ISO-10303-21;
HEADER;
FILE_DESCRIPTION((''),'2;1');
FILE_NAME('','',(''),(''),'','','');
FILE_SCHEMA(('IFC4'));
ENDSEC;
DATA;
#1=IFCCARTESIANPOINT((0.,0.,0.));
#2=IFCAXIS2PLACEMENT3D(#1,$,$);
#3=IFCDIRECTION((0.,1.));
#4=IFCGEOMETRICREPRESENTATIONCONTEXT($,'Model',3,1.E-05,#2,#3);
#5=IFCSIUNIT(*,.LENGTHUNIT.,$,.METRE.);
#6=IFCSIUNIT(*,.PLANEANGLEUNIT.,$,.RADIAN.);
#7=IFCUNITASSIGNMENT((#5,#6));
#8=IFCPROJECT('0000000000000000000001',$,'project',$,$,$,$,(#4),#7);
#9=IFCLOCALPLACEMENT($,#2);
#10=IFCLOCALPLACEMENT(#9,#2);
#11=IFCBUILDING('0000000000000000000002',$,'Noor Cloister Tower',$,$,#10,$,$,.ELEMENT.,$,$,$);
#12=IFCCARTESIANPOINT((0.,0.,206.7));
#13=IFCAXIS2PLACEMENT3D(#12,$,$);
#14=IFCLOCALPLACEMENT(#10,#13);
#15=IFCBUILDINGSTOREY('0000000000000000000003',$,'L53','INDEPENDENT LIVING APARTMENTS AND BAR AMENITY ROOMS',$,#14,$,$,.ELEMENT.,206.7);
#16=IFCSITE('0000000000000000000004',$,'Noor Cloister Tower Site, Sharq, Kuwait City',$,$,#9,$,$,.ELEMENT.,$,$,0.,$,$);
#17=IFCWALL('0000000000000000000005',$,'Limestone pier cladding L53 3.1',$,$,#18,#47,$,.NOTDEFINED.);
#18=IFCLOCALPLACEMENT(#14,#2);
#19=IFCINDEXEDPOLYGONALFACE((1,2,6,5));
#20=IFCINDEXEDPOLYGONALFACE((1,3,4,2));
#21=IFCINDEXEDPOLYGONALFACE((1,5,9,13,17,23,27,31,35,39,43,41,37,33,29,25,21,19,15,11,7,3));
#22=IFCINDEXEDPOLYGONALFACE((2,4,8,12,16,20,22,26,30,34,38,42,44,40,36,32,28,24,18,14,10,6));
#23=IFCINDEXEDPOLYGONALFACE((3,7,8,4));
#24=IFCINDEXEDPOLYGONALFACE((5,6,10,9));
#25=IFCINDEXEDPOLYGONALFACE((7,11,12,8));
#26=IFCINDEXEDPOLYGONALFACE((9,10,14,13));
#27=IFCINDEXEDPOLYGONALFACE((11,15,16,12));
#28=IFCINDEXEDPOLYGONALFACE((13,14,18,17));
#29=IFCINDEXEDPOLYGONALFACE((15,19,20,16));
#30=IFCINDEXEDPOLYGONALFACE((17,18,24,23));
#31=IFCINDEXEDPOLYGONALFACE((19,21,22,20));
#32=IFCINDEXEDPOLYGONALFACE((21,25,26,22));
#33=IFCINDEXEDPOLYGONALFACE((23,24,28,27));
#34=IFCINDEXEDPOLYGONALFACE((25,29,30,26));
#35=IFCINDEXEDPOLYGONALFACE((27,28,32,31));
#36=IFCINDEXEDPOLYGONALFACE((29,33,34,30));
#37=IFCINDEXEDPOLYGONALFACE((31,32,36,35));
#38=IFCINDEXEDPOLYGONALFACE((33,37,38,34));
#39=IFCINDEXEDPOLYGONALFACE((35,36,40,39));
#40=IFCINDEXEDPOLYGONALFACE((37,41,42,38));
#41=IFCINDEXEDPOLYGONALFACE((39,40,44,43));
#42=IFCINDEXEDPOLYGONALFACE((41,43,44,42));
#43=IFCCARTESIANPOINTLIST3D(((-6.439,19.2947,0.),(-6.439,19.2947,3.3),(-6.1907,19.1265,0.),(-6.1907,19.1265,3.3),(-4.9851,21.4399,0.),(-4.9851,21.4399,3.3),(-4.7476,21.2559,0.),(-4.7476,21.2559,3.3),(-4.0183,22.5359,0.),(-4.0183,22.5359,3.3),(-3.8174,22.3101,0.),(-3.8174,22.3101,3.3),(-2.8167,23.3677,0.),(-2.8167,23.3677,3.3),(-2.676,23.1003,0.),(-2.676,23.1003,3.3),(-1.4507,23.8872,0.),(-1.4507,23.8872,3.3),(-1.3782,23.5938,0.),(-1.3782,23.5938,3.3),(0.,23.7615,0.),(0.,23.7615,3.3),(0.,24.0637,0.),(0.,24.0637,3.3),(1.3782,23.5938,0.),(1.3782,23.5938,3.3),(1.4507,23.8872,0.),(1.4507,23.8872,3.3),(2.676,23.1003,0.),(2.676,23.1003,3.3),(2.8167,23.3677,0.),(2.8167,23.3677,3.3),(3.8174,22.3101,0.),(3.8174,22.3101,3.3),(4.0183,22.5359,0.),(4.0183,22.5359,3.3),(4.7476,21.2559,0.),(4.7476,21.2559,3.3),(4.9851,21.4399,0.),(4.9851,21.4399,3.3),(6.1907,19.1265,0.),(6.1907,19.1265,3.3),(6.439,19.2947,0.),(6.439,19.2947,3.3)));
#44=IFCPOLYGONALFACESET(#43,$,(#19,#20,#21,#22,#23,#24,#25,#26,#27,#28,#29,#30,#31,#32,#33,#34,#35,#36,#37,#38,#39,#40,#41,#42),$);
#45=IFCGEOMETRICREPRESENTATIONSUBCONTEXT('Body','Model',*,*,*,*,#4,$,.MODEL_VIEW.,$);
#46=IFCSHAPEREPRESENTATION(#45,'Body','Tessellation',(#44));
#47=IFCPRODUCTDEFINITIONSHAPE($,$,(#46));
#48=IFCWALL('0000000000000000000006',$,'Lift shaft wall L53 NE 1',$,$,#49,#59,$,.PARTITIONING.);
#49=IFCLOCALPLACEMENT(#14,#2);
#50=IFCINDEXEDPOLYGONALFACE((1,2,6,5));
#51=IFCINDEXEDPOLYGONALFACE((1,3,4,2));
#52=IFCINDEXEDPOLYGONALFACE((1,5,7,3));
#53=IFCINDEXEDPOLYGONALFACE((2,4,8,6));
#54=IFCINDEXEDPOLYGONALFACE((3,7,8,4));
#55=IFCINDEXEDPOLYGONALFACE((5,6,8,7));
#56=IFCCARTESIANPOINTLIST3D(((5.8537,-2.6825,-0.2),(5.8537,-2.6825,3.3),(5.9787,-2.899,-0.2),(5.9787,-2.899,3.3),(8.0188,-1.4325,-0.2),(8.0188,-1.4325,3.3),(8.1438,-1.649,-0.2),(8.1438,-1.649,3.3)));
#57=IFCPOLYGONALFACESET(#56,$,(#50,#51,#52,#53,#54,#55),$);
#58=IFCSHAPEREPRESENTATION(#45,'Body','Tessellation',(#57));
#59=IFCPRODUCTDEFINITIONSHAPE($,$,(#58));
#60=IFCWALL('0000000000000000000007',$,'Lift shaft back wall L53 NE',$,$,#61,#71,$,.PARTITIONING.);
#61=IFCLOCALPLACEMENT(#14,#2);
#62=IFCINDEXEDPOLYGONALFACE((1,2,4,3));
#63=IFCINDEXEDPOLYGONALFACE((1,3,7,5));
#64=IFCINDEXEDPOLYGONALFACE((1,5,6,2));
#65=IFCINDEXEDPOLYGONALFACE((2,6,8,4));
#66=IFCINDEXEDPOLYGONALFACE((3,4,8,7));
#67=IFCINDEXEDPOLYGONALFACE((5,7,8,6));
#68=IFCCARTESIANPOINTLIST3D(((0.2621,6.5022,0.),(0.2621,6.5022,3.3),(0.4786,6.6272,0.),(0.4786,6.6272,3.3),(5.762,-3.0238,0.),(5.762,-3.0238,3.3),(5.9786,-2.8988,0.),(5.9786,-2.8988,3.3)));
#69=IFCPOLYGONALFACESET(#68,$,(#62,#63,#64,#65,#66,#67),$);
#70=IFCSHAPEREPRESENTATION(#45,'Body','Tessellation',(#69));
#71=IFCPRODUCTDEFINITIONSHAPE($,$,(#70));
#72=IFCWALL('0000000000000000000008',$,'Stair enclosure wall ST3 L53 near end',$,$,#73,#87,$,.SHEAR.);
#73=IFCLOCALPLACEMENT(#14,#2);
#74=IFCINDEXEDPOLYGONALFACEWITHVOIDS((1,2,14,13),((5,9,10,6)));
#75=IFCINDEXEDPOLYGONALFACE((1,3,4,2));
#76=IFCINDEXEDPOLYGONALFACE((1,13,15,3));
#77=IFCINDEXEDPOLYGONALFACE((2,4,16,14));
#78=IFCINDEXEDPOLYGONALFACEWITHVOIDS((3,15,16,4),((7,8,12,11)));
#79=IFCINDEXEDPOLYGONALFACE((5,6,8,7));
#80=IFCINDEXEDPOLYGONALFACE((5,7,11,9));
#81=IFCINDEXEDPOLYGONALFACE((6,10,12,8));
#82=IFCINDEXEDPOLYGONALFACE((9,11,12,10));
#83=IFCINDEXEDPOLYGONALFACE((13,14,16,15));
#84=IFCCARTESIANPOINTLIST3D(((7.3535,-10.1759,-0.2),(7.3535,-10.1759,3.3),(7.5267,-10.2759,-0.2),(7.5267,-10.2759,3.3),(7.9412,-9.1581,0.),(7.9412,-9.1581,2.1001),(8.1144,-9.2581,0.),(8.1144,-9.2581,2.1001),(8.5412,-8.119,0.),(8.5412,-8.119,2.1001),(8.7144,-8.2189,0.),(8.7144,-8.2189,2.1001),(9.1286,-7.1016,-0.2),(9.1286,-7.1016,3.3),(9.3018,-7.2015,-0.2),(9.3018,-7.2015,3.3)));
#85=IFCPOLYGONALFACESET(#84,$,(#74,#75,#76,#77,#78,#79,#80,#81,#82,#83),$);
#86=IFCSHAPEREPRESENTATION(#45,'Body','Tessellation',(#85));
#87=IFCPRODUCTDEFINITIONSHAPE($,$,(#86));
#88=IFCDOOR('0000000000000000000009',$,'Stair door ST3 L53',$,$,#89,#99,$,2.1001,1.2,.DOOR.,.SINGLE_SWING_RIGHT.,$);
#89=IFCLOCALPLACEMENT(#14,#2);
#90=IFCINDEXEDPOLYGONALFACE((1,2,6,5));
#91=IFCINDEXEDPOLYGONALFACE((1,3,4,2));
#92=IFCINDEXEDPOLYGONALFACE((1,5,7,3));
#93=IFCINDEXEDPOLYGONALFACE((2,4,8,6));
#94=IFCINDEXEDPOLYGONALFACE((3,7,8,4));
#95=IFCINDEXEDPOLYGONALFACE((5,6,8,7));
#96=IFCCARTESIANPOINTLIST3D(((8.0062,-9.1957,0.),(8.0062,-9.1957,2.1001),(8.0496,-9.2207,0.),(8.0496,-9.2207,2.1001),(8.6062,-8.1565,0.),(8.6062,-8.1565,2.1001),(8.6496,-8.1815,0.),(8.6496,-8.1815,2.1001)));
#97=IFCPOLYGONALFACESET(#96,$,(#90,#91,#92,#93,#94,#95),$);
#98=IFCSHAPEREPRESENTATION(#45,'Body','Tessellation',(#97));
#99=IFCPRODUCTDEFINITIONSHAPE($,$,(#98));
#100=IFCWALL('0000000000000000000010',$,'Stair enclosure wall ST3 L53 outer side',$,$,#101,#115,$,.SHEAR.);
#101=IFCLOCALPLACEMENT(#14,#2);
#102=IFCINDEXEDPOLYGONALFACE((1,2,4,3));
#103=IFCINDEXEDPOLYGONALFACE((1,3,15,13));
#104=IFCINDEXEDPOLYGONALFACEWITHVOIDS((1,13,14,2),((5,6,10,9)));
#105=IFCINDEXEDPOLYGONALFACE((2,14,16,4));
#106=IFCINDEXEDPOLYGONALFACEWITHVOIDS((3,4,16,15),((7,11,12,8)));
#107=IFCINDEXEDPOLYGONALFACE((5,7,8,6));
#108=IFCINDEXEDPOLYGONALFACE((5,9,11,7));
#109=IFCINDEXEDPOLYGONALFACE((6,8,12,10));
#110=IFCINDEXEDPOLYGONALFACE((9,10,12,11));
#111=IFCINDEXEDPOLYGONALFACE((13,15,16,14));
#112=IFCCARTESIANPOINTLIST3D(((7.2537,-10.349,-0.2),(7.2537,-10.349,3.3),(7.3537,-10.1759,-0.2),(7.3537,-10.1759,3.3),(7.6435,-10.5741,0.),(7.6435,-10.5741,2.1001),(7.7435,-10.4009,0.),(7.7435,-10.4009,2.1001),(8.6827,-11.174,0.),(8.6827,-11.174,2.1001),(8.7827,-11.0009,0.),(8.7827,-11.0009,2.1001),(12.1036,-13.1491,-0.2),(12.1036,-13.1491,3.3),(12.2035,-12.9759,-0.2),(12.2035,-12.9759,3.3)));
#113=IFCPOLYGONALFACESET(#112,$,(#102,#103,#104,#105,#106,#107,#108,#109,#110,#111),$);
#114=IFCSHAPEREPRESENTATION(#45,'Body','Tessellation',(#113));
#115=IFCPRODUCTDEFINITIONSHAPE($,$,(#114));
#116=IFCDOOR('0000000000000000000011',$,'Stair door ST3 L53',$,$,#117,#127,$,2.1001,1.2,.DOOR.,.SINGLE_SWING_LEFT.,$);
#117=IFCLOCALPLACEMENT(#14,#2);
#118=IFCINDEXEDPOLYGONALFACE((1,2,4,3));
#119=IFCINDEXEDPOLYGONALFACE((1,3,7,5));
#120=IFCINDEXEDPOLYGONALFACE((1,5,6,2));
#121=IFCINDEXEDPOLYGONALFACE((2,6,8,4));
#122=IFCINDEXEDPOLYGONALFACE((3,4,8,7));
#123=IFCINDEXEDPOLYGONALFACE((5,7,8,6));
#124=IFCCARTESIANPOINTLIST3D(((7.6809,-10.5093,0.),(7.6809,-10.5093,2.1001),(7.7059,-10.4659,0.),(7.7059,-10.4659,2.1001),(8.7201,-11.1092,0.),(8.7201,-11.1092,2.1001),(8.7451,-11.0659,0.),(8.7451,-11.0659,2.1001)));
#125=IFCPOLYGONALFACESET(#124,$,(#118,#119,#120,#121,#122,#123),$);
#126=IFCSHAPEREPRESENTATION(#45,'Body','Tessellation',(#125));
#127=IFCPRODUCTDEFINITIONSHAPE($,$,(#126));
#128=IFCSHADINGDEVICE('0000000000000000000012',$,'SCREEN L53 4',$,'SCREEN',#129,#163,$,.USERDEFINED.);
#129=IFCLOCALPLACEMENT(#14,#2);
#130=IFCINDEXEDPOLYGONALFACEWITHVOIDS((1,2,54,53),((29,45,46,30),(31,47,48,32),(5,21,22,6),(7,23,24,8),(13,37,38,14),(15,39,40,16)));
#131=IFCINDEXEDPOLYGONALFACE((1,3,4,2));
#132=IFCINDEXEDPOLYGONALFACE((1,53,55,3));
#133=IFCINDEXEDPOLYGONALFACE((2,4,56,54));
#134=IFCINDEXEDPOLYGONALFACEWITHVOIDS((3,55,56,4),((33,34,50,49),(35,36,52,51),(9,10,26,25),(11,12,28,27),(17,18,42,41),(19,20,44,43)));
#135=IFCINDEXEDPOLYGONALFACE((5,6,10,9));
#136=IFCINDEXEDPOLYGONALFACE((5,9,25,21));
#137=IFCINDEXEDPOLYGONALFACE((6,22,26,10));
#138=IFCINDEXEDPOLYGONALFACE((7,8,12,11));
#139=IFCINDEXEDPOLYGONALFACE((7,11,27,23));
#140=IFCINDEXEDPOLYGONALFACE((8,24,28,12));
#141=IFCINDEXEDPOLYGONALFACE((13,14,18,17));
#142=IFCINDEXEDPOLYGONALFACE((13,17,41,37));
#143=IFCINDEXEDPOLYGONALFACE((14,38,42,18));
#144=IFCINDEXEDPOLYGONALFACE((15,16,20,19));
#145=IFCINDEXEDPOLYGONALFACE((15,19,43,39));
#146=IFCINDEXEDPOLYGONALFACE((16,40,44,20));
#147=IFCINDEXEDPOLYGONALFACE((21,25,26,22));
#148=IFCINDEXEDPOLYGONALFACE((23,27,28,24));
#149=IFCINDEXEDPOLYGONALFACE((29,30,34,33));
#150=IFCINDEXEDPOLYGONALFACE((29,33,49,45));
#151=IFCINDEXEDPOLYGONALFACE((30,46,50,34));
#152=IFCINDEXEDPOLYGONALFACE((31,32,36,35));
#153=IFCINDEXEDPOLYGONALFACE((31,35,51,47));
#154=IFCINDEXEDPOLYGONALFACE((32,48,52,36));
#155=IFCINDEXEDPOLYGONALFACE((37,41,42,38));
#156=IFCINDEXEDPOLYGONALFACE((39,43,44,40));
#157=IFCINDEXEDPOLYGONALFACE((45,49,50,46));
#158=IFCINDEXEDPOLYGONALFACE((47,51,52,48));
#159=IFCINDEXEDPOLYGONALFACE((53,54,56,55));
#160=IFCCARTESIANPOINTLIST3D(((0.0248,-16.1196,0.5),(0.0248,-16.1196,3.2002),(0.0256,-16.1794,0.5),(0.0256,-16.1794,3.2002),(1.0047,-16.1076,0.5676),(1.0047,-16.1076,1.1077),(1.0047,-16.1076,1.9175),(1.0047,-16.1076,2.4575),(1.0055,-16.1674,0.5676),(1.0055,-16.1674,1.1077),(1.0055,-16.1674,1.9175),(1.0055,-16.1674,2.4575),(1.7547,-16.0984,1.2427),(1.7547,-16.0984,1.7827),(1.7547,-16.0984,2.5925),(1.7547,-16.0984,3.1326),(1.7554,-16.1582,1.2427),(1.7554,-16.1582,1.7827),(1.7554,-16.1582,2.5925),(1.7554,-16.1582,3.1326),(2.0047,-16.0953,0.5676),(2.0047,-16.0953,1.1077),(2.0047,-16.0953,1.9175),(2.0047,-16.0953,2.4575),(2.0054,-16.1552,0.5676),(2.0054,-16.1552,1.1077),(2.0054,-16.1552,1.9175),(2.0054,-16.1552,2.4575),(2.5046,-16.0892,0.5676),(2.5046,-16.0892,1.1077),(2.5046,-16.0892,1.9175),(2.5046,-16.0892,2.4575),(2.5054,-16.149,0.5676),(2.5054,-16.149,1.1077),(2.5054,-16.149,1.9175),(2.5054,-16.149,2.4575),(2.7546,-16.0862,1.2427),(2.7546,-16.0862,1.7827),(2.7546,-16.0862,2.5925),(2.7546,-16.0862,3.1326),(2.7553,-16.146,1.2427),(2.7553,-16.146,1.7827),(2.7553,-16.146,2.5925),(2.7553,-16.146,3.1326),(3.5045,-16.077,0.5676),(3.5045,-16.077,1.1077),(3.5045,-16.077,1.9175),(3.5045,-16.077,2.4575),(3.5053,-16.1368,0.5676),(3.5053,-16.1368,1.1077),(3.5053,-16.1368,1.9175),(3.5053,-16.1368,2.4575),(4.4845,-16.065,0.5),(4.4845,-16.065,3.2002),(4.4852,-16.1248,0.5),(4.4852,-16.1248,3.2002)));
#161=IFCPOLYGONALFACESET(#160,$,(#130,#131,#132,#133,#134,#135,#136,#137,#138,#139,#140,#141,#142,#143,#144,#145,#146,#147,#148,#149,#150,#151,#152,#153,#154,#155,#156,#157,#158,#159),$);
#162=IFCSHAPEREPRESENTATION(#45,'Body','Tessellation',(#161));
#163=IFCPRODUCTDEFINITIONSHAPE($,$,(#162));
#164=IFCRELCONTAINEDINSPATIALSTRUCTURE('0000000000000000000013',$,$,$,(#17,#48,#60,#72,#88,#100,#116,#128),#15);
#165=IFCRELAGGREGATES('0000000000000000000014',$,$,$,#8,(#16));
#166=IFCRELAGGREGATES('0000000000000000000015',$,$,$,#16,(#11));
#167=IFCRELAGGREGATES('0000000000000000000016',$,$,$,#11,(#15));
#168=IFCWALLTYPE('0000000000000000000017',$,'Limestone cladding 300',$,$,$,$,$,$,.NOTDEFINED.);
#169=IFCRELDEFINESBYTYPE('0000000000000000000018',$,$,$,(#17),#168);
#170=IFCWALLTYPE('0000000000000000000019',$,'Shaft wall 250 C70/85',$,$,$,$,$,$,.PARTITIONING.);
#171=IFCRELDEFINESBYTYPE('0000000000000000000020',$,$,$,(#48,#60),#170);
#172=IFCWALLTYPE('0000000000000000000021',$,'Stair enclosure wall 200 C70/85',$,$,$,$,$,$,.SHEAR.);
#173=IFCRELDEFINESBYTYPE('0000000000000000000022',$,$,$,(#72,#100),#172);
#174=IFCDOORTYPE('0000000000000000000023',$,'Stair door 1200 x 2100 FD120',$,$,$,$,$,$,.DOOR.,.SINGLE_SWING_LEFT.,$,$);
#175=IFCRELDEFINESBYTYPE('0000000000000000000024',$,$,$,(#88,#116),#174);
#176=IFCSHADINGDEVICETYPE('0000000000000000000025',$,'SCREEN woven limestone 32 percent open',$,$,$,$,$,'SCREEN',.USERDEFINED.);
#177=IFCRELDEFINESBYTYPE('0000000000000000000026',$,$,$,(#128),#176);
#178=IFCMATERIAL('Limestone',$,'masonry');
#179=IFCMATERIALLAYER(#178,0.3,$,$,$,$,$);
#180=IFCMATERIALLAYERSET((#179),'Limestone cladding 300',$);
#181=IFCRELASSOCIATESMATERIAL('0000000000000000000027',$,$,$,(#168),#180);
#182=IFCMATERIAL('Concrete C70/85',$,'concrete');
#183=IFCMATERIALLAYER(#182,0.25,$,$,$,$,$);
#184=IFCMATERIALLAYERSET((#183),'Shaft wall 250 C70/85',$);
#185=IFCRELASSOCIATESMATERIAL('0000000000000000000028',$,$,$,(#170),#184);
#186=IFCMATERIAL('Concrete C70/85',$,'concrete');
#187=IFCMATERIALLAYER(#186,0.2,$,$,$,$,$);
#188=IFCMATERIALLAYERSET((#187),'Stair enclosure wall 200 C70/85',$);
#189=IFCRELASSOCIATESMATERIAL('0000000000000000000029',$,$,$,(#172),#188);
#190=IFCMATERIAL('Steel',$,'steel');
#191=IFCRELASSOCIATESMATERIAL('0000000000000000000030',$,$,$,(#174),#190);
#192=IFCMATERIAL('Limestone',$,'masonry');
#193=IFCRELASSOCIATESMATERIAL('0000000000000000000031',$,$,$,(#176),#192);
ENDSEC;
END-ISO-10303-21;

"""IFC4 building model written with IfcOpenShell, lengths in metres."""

from ifc_helpers import new_model, si_unit, direction, frame, frame_2d, origin, place, context, subcontext, project, spatial, polyline, rectangle, outline, extrude, material, layer, layer_set, material_profile, profile_set, type_object, element, fill, save


model = new_model("IFC4")

# Units and contexts
model_context = context("Model", 3, precision=1e-05, world=origin(), true_north=direction((0.0, 1.0)))
body_context = subcontext(model_context, "Body", "Model", "MODEL_VIEW")
ifc_project = project(units=[si_unit("LENGTHUNIT", "METRE"), si_unit("PLANEANGLEUNIT", "RADIAN")], contexts=[model_context])

# Site, building, storey
site_placement = place(None, origin())
site = spatial("IfcSite", under=ifc_project, at=site_placement, Name="Noor Cloister Tower Site, Sharq, Kuwait City", CompositionType="ELEMENT", RefElevation=0.0)
building_placement = place(site_placement, origin())
building = spatial("IfcBuilding", under=site, at=building_placement, Name="Noor Cloister Tower", CompositionType="ELEMENT")
storey_placement = place(building_placement, frame((0.0, 0.0, 206.7)))
storey = spatial("IfcBuildingStorey", under=building, at=storey_placement, Name="L53", Description="INDEPENDENT LIVING APARTMENTS AND BAR AMENITY ROOMS", CompositionType="ELEMENT", Elevation=206.7)

# Walls
ifc_material_1 = material(Name="Limestone", Category="masonry")
ifc_layer_1 = layer(ifc_material_1, 0.3)
ifc_layer_set_1 = layer_set([ifc_layer_1], Name="Limestone cladding 300")
wall_type_1 = type_object("IfcWallType", Name="Limestone cladding 300", PredefinedType="NOTDEFINED", material=ifc_layer_set_1)
wall_1_placement = place(storey_placement, origin())
element("IfcWall", 1, at=wall_1_placement, inside=storey, type_object=wall_type_1, Name="Limestone pier cladding L53 3.1", PredefinedType="NOTDEFINED", context=body_context, shape_type="SweptSolid", body=[
    extrude(outline(polyline([(6.439, 19.2947), (4.9851, 21.4399), (4.0183, 22.5359), (2.8167, 23.3677), (1.4507, 23.8872), (0.0, 24.0637), (-1.4507, 23.8872), (-2.8167, 23.3677), (-4.0183, 22.5359), (-4.9851, 21.4399), (-6.439, 19.2947), (-6.1907, 19.1265), (-4.7476, 21.2559), (-3.8174, 22.3101), (-2.676, 23.1003), (-1.3782, 23.5938), (0.0, 23.7615), (1.3782, 23.5938), (2.676, 23.1003), (3.8174, 22.3101), (4.7476, 21.2559), (6.1907, 19.1265), (6.439, 19.2947)])), origin(), (0.0, 0.0, 1.0), 3.3),
])
ifc_material_2 = material(Name="Concrete C70/85", Category="concrete")
ifc_layer_2 = layer(ifc_material_2, 0.25)
ifc_layer_set_2 = layer_set([ifc_layer_2], Name="Shaft wall 250 C70/85")
wall_type_2 = type_object("IfcWallType", Name="Shaft wall 250 C70/85", PredefinedType="PARTITIONING", material=ifc_layer_set_2)
wall_2_placement = place(storey_placement, frame((8.0813, -1.5408, -0.2), z_axis=(0.0, 0.0, 1.0), x_axis=(-0.866023, -0.500004, 0.0)))
element("IfcWall", 2, at=wall_2_placement, inside=storey, type_object=wall_type_2, Name="Lift shaft wall L53 NE 1", PredefinedType="PARTITIONING", context=body_context, shape_type="SweptSolid", body=[
    extrude(rectangle(XDim=2.5, YDim=0.25, at=frame_2d((1.25, 0.0))), origin(), (0.0, 0.0, 1.0), 3.5),
])
wall_3_placement = place(storey_placement, frame((5.8704, -2.9614, 0.0), z_axis=(0.0, 0.0, 1.0), x_axis=(-0.500006, 0.866022, 0.0)))
element("IfcWall", 3, at=wall_3_placement, inside=storey, type_object=wall_type_2, Name="Lift shaft back wall L53 NE", PredefinedType="PARTITIONING", context=body_context, shape_type="SweptSolid", body=[
    extrude(rectangle(XDim=10.9998, YDim=0.25, at=frame_2d((5.5, 0.0))), origin(), (0.0, 0.0, 1.0), 3.3),
])

# Walls, openings, doors
ifc_material_3 = material(Name="Concrete C70/85", Category="concrete")
ifc_layer_3 = layer(ifc_material_3, 0.2)
ifc_layer_set_3 = layer_set([ifc_layer_3], Name="Stair enclosure wall 200 C70/85")
wall_type_3 = type_object("IfcWallType", Name="Stair enclosure wall 200 C70/85", PredefinedType="SHEAR", material=ifc_layer_set_3)
wall_4_placement = place(storey_placement, frame((7.4402, -10.2258, -0.2), z_axis=(0.0, 0.0, 1.0), x_axis=(0.500022, 0.866013, 0.0)))
wall_4 = element("IfcWall", 4, at=wall_4_placement, inside=storey, type_object=wall_type_3, Name="Stair enclosure wall ST3 L53 near end", PredefinedType="SHEAR", context=body_context, shape_type="SweptSolid", body=[
    extrude(rectangle(XDim=3.55, YDim=0.2, at=frame_2d((1.7749, 0.0))), origin(), (0.0, 0.0, 1.0), 3.5),
])
opening_1_placement = place(wall_4_placement, frame((1.175, 0.0, 0.2)))
opening_1 = element("IfcOpeningElement", 5, at=opening_1_placement, cuts=wall_4, PredefinedType="OPENING", context=body_context, shape_type="SweptSolid", body=[
    extrude(rectangle(XDim=1.2, YDim=2.1001, at=frame_2d((0.6001, 1.05))), frame((0.0, 0.1099, 0.0), z_axis=(0.0, -1.0, 0.0), x_axis=(1.0, 0.0, 0.0)), (0.0, 0.0, 1.0), 0.22),
])
ifc_material_4 = material(Name="Steel", Category="steel")
door_type_1 = type_object("IfcDoorType", Name="Stair door 1200 x 2100 FD120", OperationType="SINGLE_SWING_LEFT", PredefinedType="DOOR", material=ifc_material_4)
door_1_placement = place(opening_1_placement, origin())
door_1 = element("IfcDoor", 6, at=door_1_placement, inside=storey, type_object=door_type_1, Name="Stair door ST3 L53", OperationType="SINGLE_SWING_RIGHT", OverallHeight=2.1001, OverallWidth=1.2, PredefinedType="DOOR", context=body_context, shape_type="SweptSolid", body=[
    extrude(rectangle(XDim=1.2, YDim=2.1001, at=frame_2d((0.6001, 1.05))), frame((0.0, 0.0249, 0.0), z_axis=(0.0, -1.0, 0.0), x_axis=(1.0, 0.0, 0.0)), (0.0, 0.0, 1.0), 0.05),
])
fill(opening_1, door_1)
wall_5_placement = place(storey_placement, frame((7.3037, -10.2625, -0.2), z_axis=(0.0, 0.0, 1.0), x_axis=(0.866027, -0.499998, 0.0)))
wall_5 = element("IfcWall", 7, at=wall_5_placement, inside=storey, type_object=wall_type_3, Name="Stair enclosure wall ST3 L53 outer side", PredefinedType="SHEAR", context=body_context, shape_type="SweptSolid", body=[
    extrude(rectangle(XDim=5.6001, YDim=0.2, at=frame_2d((2.8, 0.0))), origin(), (0.0, 0.0, 1.0), 3.5),
])
opening_2_placement = place(wall_5_placement, frame((0.45, 0.0, 0.2)))
opening_2 = element("IfcOpeningElement", 8, at=opening_2_placement, cuts=wall_5, PredefinedType="OPENING", context=body_context, shape_type="SweptSolid", body=[
    extrude(rectangle(XDim=1.2, YDim=2.1001, at=frame_2d((0.6001, 1.05))), frame((0.0, 0.1099, 0.0), z_axis=(0.0, -1.0, 0.0), x_axis=(1.0, 0.0, 0.0)), (0.0, 0.0, 1.0), 0.22),
])
door_2_placement = place(opening_2_placement, origin())
door_2 = element("IfcDoor", 9, at=door_2_placement, inside=storey, type_object=door_type_1, Name="Stair door ST3 L53", OperationType="SINGLE_SWING_LEFT", OverallHeight=2.1001, OverallWidth=1.2, PredefinedType="DOOR", context=body_context, shape_type="SweptSolid", body=[
    extrude(rectangle(XDim=1.2, YDim=2.1001, at=frame_2d((0.6001, 1.05))), frame((0.0, 0.0249, 0.0), z_axis=(0.0, -1.0, 0.0), x_axis=(1.0, 0.0, 0.0)), (0.0, 0.0, 1.0), 0.05),
])
fill(opening_2, door_2)

# Shading device
ifc_material_5 = material(Name="Limestone", Category="masonry")
ifc_material_profile_1 = material_profile(ifc_material_5, outline(polyline([(-2.23, -1.3501), (2.23, -1.3501), (2.23, 1.3501), (-2.23, 1.3501), (-2.23, -1.3501)]), holes=[polyline([(-1.25, -1.2825), (-0.25, -1.2825), (-0.25, -0.7424), (-1.25, -0.7424), (-1.25, -1.2825)]), polyline([(0.25, -1.2825), (1.25, -1.2825), (1.25, -0.7424), (0.25, -0.7424), (0.25, -1.2825)]), polyline([(-0.5, -0.6074), (0.5, -0.6074), (0.5, -0.0674), (-0.5, -0.0674), (-0.5, -0.6074)]), polyline([(-1.25, 0.0674), (-0.25, 0.0674), (-0.25, 0.6074), (-1.25, 0.6074), (-1.25, 0.0674)]), polyline([(0.25, 0.0674), (1.25, 0.0674), (1.25, 0.6074), (0.25, 0.6074), (0.25, 0.0674)]), polyline([(-0.5, 0.7424), (0.5, 0.7424), (0.5, 1.2825), (-0.5, 1.2825), (-0.5, 0.7424)])]), Name="Woven screen 32 percent open")
ifc_profile_set_1 = profile_set([ifc_material_profile_1], Name="Limestone")
shading_device_type_1 = type_object("IfcShadingDeviceType", Name="SCREEN woven limestone 32 percent open", ElementType="SCREEN", PredefinedType="USERDEFINED", material=ifc_profile_set_1)
shading_device_1_placement = place(storey_placement, frame((2.2546, -16.0923, 1.8501), z_axis=(0.012244, -0.999925, 0.0), x_axis=(0.999925, 0.012244, 0.0)))
element("IfcShadingDevice", 10, at=shading_device_1_placement, inside=storey, type_object=shading_device_type_1, Name="SCREEN L53 4", ObjectType="SCREEN", PredefinedType="USERDEFINED", context=body_context, shape_type="SweptSolid", body=[
    extrude(outline(polyline([(-2.23, -1.3501), (2.23, -1.3501), (2.23, 1.3501), (-2.23, 1.3501), (-2.23, -1.3501)]), holes=[polyline([(-1.25, -1.2825), (-0.25, -1.2825), (-0.25, -0.7424), (-1.25, -0.7424), (-1.25, -1.2825)]), polyline([(0.25, -1.2825), (1.25, -1.2825), (1.25, -0.7424), (0.25, -0.7424), (0.25, -1.2825)]), polyline([(-0.5, -0.6074), (0.5, -0.6074), (0.5, -0.0674), (-0.5, -0.0674), (-0.5, -0.6074)]), polyline([(-1.25, 0.0674), (-0.25, 0.0674), (-0.25, 0.6074), (-1.25, 0.6074), (-1.25, 0.0674)]), polyline([(0.25, 0.0674), (1.25, 0.0674), (1.25, 0.6074), (0.25, 0.6074), (0.25, 0.0674)]), polyline([(-0.5, 0.7424), (0.5, 0.7424), (0.5, 1.2825), (-0.5, 1.2825), (-0.5, 0.7424)])]), origin(), (0.0, 0.0, 1.0), 0.0598),
])

save(model, "model.ifc")
